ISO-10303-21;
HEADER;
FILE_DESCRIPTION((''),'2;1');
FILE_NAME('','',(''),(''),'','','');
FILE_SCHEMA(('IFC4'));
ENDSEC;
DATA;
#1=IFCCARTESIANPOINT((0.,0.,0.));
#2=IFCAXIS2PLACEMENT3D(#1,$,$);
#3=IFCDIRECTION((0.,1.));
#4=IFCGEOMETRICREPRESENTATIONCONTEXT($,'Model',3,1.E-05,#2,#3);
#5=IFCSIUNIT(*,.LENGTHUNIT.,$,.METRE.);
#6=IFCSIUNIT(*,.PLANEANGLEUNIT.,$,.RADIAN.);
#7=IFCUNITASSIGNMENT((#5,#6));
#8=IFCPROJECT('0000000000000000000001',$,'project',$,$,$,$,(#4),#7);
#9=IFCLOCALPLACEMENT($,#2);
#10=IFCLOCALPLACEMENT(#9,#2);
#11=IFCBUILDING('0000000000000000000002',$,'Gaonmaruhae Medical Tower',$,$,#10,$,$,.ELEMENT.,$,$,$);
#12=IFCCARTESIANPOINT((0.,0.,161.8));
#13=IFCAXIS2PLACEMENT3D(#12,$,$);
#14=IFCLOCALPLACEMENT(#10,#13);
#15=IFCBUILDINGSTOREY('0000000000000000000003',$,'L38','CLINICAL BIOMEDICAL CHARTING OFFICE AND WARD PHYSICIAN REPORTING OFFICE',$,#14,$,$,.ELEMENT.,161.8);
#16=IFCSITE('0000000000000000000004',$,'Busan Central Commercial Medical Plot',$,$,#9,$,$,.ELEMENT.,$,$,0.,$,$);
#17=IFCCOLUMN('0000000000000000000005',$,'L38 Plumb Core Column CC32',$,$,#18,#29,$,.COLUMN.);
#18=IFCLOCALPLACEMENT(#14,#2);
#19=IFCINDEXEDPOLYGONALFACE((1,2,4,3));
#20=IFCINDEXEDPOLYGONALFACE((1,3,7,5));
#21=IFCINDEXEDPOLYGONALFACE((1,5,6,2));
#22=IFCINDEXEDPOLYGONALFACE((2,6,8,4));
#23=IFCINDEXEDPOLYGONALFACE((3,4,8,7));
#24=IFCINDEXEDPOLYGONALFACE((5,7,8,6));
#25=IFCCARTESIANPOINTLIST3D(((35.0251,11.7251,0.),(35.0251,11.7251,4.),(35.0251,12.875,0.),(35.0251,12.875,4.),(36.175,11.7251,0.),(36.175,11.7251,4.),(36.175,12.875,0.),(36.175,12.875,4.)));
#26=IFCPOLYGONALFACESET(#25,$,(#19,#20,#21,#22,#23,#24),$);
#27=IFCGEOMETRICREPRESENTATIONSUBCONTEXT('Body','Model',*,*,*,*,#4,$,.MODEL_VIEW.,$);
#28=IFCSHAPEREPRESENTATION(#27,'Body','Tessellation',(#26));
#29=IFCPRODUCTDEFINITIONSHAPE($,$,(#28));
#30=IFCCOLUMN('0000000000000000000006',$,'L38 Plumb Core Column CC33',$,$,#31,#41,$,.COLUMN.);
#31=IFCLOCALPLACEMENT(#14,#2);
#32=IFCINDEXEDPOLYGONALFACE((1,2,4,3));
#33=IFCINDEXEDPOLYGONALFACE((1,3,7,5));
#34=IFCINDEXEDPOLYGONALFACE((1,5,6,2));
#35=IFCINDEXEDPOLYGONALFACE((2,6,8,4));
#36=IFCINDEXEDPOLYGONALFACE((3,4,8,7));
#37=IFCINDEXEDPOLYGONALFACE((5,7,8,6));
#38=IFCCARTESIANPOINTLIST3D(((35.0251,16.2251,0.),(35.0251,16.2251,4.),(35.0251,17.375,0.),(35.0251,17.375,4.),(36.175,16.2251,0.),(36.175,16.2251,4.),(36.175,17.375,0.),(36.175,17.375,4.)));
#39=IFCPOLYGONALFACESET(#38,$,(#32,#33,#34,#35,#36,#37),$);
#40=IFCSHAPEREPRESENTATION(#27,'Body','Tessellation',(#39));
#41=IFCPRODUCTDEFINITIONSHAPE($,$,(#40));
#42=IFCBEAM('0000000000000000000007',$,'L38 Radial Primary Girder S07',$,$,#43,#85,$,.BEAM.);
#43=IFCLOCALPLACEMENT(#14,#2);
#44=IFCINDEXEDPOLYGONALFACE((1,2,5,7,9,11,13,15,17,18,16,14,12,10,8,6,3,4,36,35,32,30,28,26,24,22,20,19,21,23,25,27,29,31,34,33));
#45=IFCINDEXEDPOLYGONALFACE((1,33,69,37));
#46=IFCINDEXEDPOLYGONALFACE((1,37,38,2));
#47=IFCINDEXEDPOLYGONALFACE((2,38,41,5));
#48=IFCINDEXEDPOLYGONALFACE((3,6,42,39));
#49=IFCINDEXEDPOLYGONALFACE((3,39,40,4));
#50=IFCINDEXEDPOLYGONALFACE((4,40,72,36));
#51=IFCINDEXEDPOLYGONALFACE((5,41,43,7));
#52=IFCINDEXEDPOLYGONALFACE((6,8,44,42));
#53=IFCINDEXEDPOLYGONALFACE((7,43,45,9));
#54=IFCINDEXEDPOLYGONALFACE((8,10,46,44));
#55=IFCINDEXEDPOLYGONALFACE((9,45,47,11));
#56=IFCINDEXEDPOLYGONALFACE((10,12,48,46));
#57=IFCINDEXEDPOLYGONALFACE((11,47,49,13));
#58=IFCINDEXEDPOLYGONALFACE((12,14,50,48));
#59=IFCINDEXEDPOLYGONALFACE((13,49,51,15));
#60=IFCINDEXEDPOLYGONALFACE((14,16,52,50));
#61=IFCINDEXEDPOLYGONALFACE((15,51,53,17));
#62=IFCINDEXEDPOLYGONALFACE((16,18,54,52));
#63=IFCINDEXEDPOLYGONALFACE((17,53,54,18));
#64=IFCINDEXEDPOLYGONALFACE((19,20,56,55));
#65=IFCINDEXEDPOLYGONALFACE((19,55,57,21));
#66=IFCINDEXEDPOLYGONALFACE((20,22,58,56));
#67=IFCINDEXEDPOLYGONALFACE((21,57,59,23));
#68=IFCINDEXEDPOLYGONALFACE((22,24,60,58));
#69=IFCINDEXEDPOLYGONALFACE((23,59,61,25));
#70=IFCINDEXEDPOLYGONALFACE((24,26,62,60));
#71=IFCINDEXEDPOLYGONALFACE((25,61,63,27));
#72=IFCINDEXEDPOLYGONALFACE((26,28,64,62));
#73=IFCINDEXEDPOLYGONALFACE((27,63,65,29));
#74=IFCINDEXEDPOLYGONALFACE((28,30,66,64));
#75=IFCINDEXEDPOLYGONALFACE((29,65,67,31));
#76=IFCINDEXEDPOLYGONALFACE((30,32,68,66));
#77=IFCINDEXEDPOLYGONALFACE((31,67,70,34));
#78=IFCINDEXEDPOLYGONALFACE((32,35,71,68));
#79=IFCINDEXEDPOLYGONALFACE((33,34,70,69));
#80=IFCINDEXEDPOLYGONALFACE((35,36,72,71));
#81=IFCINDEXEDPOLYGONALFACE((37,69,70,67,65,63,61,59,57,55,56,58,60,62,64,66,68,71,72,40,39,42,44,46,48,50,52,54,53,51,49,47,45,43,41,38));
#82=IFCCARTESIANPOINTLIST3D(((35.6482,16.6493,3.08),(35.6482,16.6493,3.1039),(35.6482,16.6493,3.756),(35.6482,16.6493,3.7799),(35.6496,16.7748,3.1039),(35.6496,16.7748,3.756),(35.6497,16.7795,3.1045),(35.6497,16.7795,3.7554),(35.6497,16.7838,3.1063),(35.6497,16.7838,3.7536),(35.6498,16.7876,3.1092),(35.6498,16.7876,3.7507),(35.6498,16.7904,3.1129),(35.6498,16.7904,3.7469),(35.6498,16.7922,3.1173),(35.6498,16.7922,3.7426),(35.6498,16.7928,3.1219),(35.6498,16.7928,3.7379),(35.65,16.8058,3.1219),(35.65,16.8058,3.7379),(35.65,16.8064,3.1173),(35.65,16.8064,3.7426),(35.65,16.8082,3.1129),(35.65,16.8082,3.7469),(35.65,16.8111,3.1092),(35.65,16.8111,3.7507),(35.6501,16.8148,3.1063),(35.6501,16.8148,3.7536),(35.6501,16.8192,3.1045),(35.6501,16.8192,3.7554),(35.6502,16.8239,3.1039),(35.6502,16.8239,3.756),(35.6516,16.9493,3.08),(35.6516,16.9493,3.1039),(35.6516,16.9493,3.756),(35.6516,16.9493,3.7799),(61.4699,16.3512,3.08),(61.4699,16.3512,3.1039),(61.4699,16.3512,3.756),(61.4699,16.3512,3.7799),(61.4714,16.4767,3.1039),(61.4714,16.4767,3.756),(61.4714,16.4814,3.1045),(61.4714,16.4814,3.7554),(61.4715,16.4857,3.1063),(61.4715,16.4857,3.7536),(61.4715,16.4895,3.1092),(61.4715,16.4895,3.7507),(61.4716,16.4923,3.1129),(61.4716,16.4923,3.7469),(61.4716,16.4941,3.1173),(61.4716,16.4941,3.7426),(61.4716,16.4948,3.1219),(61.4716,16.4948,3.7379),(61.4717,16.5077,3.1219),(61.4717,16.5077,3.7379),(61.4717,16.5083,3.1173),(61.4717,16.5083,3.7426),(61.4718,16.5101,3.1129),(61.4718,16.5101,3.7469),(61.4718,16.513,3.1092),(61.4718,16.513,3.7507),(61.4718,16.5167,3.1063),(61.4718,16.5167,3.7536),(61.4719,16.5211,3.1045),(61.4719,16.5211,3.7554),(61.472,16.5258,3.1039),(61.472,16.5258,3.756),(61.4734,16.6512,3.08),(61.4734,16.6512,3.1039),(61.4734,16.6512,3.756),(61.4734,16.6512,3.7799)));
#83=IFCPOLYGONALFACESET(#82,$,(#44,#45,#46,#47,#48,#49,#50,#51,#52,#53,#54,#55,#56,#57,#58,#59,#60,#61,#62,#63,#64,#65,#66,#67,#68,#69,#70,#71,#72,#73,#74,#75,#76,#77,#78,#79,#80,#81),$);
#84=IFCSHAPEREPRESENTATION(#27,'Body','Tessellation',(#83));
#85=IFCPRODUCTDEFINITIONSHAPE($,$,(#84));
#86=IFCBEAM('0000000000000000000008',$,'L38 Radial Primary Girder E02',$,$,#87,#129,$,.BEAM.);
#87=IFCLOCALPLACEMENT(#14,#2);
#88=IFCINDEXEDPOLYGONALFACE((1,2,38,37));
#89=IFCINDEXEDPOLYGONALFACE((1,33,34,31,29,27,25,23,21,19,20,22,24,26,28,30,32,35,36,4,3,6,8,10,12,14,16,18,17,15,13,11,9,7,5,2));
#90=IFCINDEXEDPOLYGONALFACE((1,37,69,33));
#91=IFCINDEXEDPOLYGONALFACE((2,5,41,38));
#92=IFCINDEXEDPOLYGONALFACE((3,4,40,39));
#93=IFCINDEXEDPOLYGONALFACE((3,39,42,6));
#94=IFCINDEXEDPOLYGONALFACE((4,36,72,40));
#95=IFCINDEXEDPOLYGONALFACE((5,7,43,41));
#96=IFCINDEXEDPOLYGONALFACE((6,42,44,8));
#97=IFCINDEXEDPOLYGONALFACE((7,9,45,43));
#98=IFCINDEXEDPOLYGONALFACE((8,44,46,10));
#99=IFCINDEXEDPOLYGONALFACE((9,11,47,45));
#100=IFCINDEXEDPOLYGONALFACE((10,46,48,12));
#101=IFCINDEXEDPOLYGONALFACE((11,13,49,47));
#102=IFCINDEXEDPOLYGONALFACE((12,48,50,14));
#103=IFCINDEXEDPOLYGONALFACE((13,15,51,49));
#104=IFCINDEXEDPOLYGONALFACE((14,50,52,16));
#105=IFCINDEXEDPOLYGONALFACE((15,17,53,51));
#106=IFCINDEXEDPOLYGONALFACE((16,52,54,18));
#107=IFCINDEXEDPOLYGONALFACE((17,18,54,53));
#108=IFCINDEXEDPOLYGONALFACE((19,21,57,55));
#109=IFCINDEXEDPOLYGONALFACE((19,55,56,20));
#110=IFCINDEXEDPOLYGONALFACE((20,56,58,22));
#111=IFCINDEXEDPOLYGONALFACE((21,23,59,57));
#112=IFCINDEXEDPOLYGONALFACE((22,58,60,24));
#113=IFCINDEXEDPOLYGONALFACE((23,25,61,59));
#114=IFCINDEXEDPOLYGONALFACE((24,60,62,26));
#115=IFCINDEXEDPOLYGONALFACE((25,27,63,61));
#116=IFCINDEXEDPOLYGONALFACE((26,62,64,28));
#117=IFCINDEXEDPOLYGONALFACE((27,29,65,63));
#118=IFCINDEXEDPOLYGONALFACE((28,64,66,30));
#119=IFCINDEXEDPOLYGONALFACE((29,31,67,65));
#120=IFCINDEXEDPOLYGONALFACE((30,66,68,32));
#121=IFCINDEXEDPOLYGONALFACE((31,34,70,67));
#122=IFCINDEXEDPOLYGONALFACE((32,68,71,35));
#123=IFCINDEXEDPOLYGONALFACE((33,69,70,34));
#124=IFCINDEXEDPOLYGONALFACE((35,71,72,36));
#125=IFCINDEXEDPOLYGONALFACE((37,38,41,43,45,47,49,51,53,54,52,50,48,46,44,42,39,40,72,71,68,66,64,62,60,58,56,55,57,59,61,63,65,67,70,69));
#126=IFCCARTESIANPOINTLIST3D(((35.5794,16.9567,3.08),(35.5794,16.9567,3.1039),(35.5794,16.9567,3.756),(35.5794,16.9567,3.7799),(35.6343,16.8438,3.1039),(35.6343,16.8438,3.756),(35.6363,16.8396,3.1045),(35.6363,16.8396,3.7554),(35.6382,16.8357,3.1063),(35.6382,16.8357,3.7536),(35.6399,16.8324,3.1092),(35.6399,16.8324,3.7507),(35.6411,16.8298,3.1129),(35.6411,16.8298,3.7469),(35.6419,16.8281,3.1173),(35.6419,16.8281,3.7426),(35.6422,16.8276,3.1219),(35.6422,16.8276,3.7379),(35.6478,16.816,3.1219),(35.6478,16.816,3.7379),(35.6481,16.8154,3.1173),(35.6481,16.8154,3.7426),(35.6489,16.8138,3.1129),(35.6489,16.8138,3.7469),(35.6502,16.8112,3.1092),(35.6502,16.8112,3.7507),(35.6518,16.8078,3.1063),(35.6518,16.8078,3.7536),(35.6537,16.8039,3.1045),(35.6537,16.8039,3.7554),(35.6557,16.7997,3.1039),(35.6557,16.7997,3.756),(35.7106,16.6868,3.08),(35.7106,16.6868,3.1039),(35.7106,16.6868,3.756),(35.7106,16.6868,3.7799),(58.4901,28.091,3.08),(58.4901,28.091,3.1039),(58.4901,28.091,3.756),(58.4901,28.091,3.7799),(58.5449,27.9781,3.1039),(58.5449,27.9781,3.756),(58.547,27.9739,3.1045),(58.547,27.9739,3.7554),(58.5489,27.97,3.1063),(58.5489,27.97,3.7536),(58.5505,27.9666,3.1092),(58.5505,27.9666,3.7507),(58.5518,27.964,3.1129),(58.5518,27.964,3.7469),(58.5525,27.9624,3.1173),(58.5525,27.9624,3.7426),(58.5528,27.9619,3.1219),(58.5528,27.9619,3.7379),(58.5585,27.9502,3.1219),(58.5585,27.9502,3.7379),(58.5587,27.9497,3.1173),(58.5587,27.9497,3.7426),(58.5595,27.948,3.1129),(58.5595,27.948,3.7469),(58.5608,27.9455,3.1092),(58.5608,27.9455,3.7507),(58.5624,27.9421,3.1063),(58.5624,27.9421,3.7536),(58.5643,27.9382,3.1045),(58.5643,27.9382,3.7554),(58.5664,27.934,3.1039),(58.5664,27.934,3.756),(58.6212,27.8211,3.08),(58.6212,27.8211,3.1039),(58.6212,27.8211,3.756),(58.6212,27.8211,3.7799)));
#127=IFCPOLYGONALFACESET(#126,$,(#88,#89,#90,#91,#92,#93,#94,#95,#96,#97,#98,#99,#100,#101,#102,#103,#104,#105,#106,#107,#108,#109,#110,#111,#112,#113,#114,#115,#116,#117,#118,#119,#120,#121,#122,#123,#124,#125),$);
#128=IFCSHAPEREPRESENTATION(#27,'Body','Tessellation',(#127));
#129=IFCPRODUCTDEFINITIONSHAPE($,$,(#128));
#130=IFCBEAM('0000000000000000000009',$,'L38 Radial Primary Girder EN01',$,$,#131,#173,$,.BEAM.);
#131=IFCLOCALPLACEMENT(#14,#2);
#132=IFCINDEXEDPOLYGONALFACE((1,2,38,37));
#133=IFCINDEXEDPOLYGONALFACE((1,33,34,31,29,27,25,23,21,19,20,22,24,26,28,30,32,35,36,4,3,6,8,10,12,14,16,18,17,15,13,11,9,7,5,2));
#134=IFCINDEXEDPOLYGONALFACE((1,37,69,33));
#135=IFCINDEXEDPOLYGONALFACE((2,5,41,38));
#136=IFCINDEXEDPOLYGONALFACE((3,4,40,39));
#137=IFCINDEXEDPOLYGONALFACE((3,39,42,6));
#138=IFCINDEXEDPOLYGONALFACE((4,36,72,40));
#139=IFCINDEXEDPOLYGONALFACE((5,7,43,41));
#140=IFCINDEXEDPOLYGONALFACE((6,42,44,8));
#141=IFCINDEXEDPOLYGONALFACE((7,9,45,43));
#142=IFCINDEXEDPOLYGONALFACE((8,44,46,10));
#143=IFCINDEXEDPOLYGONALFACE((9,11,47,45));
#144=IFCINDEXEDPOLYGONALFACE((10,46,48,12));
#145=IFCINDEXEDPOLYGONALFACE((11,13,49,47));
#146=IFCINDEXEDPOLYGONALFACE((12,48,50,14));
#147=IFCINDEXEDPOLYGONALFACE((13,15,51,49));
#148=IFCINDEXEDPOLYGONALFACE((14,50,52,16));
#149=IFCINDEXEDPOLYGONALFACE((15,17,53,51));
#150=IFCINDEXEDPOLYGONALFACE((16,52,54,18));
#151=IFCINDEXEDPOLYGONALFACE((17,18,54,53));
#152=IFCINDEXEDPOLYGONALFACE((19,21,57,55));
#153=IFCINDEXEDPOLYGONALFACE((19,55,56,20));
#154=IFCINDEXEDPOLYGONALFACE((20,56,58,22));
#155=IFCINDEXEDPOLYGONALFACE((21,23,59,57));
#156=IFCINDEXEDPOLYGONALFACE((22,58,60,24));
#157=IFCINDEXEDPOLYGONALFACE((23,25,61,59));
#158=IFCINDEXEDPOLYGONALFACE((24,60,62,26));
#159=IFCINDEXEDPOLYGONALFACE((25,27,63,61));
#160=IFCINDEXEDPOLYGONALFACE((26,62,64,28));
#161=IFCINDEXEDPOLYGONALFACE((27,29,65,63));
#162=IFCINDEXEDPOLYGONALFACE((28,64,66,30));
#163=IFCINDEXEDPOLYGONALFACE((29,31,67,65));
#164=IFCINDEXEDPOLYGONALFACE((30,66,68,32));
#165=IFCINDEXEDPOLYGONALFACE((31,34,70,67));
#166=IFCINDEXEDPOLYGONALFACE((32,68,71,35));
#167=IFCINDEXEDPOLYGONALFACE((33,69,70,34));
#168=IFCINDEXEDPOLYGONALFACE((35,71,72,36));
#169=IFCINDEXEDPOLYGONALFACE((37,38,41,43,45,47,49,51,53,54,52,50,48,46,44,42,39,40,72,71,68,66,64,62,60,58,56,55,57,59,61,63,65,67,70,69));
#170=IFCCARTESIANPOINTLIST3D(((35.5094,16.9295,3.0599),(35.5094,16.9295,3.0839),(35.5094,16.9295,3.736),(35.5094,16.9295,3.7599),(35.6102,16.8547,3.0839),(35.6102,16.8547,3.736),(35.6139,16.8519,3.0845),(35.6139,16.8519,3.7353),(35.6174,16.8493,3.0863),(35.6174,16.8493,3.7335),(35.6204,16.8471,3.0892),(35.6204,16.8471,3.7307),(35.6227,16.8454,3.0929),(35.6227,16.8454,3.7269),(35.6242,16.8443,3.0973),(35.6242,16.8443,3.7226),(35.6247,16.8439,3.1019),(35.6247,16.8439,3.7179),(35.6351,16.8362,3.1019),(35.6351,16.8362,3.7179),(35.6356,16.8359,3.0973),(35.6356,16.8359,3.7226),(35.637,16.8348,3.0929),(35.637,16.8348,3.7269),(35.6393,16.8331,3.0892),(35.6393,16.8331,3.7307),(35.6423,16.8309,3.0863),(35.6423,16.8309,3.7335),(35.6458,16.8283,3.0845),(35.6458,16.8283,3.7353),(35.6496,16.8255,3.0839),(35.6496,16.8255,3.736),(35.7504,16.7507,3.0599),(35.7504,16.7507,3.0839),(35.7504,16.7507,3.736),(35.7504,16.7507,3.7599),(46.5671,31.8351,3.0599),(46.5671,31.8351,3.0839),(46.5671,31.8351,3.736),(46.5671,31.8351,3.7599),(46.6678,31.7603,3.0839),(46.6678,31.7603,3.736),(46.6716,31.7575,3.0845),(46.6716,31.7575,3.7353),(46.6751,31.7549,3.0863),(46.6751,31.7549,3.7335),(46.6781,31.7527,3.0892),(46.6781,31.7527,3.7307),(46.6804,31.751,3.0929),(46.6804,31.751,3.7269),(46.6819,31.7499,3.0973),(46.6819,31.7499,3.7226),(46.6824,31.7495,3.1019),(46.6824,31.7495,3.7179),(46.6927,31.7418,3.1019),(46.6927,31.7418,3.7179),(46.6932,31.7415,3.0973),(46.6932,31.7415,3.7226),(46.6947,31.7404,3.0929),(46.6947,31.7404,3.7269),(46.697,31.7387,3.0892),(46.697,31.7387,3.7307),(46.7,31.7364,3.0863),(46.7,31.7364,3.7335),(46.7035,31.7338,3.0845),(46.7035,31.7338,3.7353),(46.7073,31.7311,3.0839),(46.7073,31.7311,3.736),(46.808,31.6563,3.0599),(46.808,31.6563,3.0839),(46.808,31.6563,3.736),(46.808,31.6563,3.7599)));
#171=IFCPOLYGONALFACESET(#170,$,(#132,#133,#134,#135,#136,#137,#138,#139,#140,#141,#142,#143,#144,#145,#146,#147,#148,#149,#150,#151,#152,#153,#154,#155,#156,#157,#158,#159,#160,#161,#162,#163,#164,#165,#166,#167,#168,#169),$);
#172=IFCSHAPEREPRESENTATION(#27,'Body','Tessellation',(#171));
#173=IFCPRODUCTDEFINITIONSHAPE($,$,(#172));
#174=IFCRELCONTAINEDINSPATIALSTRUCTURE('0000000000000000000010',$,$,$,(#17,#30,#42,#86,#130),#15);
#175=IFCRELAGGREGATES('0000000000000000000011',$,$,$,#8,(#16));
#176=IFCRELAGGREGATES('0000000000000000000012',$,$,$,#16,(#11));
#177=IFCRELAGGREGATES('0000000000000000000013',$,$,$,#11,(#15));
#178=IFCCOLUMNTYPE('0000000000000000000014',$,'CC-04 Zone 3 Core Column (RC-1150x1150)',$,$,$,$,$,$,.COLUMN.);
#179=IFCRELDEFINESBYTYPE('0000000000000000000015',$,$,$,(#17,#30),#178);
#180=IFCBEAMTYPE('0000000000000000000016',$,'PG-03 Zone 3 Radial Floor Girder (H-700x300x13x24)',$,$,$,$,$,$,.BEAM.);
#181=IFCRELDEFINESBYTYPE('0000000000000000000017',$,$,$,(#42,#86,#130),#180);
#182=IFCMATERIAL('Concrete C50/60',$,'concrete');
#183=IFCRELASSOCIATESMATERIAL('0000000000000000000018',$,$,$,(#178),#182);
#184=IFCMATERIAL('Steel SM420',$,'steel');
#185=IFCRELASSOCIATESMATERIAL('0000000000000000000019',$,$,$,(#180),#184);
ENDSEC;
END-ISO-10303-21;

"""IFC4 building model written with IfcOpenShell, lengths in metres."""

from ifc_helpers import new_model, si_unit, direction, frame, origin, origin_2d, place, context, subcontext, project, spatial, rectangle, i_section, extrude, material, material_profile, profile_set, type_object, element, save


model = new_model("IFC4")

# Units and contexts
model_context = context("Model", 3, precision=1e-05, world=origin(), true_north=direction((0.0, 1.0)))
body_context = subcontext(model_context, "Body", "Model", "MODEL_VIEW")
ifc_project = project(units=[si_unit("LENGTHUNIT", "METRE"), si_unit("PLANEANGLEUNIT", "RADIAN")], contexts=[model_context])

# Site, building, storey
site_placement = place(None, origin())
site = spatial("IfcSite", under=ifc_project, at=site_placement, Name="Busan Central Commercial Medical Plot", CompositionType="ELEMENT", RefElevation=0.0)
building_placement = place(site_placement, origin())
building = spatial("IfcBuilding", under=site, at=building_placement, Name="Gaonmaruhae Medical Tower", CompositionType="ELEMENT")
storey_placement = place(building_placement, frame((0.0, 0.0, 161.8)))
storey = spatial("IfcBuildingStorey", under=building, at=storey_placement, Name="L38", Description="CLINICAL BIOMEDICAL CHARTING OFFICE AND WARD PHYSICIAN REPORTING OFFICE", CompositionType="ELEMENT", Elevation=161.8)

# Columns
ifc_material_1 = material(Name="Concrete C50/60", Category="concrete")
ifc_material_profile_1 = material_profile(ifc_material_1, rectangle(XDim=1.1499, YDim=1.1499, at=origin_2d()), Name="RC-1150x1150")
ifc_profile_set_1 = profile_set([ifc_material_profile_1], Name="Concrete C50/60")
column_type = type_object("IfcColumnType", Name="CC-04 Zone 3 Core Column (RC-1150x1150)", PredefinedType="COLUMN", material=ifc_profile_set_1)
for number, where, z_axis, x_axis, name in (
    (1, (35.6001, 12.3, 0.0), (0.0, 0.0, 1.0), (1.0, 0.0, 0.0), "L38 Plumb Core Column CC32"),
    (2, (35.6001, 16.8, 0.0), (0.0, 0.0, 1.0), (1.0, 0.0, 0.0), "L38 Plumb Core Column CC33"),
):
    element("IfcColumn", number, at=place(storey_placement, frame(where, z_axis=z_axis, x_axis=x_axis)), inside=storey, type_object=column_type, Name=name, PredefinedType="COLUMN", context=body_context, shape_type="SweptSolid", body=[
        extrude(rectangle(XDim=1.1499, YDim=1.1499, at=origin_2d()), origin(), (0.0, 0.0, 1.0), 4.0),
    ])

# Beams
ifc_material_2 = material(Name="Steel SM420", Category="steel")
ifc_material_profile_2 = material_profile(ifc_material_2, i_section(OverallWidth=0.3, OverallDepth=0.7, WebThickness=0.0129, FlangeThickness=0.0239, FilletRadius=0.0181, at=origin_2d()), Name="H-700x300x13x24")
ifc_profile_set_2 = profile_set([ifc_material_profile_2], Name="Steel SM420")
beam_type = type_object("IfcBeamType", Name="PG-03 Zone 3 Radial Floor Girder (H-700x300x13x24)", PredefinedType="BEAM", material=ifc_profile_set_2)
beam_1_placement = place(storey_placement, frame((35.6499, 16.7993, 3.4299), z_axis=(0.999933, -0.011544, 0.0), x_axis=(0.011544, 0.999933, 0.0)))
element("IfcBeam", 3, at=beam_1_placement, inside=storey, type_object=beam_type, Name="L38 Radial Primary Girder S07", PredefinedType="BEAM", context=body_context, shape_type="SweptSolid", body=[
    extrude(i_section(OverallWidth=0.3, OverallDepth=0.7, WebThickness=0.0129, FlangeThickness=0.0239, FilletRadius=0.0181, at=origin_2d()), origin(), (0.0, 0.0, 1.0), 25.8235),
])
beam_2_placement = place(storey_placement, frame((35.645, 16.8218, 3.4299), z_axis=(0.899412, 0.437102, 0.0), x_axis=(-0.437102, 0.899412, 0.0)))
element("IfcBeam", 4, at=beam_2_placement, inside=storey, type_object=beam_type, Name="L38 Radial Primary Girder E02", PredefinedType="BEAM", context=body_context, shape_type="SweptSolid", body=[
    extrude(i_section(OverallWidth=0.3, OverallDepth=0.7, WebThickness=0.0129, FlangeThickness=0.0239, FilletRadius=0.0181, at=origin_2d()), origin(), (0.0, 0.0, 1.0), 25.4729),
])
beam_3_placement = place(storey_placement, frame((35.6299, 16.8401, 3.4099), z_axis=(0.595801, 0.803132, 0.0), x_axis=(-0.803132, 0.595801, 0.0)))
element("IfcBeam", 5, at=beam_3_placement, inside=storey, type_object=beam_type, Name="L38 Radial Primary Girder EN01", PredefinedType="BEAM", context=body_context, shape_type="SweptSolid", body=[
    extrude(i_section(OverallWidth=0.3, OverallDepth=0.7, WebThickness=0.0129, FlangeThickness=0.0239, FilletRadius=0.0181, at=origin_2d()), origin(), (0.0, 0.0, 1.0), 18.5593),
])

save(model, "model.ifc")
